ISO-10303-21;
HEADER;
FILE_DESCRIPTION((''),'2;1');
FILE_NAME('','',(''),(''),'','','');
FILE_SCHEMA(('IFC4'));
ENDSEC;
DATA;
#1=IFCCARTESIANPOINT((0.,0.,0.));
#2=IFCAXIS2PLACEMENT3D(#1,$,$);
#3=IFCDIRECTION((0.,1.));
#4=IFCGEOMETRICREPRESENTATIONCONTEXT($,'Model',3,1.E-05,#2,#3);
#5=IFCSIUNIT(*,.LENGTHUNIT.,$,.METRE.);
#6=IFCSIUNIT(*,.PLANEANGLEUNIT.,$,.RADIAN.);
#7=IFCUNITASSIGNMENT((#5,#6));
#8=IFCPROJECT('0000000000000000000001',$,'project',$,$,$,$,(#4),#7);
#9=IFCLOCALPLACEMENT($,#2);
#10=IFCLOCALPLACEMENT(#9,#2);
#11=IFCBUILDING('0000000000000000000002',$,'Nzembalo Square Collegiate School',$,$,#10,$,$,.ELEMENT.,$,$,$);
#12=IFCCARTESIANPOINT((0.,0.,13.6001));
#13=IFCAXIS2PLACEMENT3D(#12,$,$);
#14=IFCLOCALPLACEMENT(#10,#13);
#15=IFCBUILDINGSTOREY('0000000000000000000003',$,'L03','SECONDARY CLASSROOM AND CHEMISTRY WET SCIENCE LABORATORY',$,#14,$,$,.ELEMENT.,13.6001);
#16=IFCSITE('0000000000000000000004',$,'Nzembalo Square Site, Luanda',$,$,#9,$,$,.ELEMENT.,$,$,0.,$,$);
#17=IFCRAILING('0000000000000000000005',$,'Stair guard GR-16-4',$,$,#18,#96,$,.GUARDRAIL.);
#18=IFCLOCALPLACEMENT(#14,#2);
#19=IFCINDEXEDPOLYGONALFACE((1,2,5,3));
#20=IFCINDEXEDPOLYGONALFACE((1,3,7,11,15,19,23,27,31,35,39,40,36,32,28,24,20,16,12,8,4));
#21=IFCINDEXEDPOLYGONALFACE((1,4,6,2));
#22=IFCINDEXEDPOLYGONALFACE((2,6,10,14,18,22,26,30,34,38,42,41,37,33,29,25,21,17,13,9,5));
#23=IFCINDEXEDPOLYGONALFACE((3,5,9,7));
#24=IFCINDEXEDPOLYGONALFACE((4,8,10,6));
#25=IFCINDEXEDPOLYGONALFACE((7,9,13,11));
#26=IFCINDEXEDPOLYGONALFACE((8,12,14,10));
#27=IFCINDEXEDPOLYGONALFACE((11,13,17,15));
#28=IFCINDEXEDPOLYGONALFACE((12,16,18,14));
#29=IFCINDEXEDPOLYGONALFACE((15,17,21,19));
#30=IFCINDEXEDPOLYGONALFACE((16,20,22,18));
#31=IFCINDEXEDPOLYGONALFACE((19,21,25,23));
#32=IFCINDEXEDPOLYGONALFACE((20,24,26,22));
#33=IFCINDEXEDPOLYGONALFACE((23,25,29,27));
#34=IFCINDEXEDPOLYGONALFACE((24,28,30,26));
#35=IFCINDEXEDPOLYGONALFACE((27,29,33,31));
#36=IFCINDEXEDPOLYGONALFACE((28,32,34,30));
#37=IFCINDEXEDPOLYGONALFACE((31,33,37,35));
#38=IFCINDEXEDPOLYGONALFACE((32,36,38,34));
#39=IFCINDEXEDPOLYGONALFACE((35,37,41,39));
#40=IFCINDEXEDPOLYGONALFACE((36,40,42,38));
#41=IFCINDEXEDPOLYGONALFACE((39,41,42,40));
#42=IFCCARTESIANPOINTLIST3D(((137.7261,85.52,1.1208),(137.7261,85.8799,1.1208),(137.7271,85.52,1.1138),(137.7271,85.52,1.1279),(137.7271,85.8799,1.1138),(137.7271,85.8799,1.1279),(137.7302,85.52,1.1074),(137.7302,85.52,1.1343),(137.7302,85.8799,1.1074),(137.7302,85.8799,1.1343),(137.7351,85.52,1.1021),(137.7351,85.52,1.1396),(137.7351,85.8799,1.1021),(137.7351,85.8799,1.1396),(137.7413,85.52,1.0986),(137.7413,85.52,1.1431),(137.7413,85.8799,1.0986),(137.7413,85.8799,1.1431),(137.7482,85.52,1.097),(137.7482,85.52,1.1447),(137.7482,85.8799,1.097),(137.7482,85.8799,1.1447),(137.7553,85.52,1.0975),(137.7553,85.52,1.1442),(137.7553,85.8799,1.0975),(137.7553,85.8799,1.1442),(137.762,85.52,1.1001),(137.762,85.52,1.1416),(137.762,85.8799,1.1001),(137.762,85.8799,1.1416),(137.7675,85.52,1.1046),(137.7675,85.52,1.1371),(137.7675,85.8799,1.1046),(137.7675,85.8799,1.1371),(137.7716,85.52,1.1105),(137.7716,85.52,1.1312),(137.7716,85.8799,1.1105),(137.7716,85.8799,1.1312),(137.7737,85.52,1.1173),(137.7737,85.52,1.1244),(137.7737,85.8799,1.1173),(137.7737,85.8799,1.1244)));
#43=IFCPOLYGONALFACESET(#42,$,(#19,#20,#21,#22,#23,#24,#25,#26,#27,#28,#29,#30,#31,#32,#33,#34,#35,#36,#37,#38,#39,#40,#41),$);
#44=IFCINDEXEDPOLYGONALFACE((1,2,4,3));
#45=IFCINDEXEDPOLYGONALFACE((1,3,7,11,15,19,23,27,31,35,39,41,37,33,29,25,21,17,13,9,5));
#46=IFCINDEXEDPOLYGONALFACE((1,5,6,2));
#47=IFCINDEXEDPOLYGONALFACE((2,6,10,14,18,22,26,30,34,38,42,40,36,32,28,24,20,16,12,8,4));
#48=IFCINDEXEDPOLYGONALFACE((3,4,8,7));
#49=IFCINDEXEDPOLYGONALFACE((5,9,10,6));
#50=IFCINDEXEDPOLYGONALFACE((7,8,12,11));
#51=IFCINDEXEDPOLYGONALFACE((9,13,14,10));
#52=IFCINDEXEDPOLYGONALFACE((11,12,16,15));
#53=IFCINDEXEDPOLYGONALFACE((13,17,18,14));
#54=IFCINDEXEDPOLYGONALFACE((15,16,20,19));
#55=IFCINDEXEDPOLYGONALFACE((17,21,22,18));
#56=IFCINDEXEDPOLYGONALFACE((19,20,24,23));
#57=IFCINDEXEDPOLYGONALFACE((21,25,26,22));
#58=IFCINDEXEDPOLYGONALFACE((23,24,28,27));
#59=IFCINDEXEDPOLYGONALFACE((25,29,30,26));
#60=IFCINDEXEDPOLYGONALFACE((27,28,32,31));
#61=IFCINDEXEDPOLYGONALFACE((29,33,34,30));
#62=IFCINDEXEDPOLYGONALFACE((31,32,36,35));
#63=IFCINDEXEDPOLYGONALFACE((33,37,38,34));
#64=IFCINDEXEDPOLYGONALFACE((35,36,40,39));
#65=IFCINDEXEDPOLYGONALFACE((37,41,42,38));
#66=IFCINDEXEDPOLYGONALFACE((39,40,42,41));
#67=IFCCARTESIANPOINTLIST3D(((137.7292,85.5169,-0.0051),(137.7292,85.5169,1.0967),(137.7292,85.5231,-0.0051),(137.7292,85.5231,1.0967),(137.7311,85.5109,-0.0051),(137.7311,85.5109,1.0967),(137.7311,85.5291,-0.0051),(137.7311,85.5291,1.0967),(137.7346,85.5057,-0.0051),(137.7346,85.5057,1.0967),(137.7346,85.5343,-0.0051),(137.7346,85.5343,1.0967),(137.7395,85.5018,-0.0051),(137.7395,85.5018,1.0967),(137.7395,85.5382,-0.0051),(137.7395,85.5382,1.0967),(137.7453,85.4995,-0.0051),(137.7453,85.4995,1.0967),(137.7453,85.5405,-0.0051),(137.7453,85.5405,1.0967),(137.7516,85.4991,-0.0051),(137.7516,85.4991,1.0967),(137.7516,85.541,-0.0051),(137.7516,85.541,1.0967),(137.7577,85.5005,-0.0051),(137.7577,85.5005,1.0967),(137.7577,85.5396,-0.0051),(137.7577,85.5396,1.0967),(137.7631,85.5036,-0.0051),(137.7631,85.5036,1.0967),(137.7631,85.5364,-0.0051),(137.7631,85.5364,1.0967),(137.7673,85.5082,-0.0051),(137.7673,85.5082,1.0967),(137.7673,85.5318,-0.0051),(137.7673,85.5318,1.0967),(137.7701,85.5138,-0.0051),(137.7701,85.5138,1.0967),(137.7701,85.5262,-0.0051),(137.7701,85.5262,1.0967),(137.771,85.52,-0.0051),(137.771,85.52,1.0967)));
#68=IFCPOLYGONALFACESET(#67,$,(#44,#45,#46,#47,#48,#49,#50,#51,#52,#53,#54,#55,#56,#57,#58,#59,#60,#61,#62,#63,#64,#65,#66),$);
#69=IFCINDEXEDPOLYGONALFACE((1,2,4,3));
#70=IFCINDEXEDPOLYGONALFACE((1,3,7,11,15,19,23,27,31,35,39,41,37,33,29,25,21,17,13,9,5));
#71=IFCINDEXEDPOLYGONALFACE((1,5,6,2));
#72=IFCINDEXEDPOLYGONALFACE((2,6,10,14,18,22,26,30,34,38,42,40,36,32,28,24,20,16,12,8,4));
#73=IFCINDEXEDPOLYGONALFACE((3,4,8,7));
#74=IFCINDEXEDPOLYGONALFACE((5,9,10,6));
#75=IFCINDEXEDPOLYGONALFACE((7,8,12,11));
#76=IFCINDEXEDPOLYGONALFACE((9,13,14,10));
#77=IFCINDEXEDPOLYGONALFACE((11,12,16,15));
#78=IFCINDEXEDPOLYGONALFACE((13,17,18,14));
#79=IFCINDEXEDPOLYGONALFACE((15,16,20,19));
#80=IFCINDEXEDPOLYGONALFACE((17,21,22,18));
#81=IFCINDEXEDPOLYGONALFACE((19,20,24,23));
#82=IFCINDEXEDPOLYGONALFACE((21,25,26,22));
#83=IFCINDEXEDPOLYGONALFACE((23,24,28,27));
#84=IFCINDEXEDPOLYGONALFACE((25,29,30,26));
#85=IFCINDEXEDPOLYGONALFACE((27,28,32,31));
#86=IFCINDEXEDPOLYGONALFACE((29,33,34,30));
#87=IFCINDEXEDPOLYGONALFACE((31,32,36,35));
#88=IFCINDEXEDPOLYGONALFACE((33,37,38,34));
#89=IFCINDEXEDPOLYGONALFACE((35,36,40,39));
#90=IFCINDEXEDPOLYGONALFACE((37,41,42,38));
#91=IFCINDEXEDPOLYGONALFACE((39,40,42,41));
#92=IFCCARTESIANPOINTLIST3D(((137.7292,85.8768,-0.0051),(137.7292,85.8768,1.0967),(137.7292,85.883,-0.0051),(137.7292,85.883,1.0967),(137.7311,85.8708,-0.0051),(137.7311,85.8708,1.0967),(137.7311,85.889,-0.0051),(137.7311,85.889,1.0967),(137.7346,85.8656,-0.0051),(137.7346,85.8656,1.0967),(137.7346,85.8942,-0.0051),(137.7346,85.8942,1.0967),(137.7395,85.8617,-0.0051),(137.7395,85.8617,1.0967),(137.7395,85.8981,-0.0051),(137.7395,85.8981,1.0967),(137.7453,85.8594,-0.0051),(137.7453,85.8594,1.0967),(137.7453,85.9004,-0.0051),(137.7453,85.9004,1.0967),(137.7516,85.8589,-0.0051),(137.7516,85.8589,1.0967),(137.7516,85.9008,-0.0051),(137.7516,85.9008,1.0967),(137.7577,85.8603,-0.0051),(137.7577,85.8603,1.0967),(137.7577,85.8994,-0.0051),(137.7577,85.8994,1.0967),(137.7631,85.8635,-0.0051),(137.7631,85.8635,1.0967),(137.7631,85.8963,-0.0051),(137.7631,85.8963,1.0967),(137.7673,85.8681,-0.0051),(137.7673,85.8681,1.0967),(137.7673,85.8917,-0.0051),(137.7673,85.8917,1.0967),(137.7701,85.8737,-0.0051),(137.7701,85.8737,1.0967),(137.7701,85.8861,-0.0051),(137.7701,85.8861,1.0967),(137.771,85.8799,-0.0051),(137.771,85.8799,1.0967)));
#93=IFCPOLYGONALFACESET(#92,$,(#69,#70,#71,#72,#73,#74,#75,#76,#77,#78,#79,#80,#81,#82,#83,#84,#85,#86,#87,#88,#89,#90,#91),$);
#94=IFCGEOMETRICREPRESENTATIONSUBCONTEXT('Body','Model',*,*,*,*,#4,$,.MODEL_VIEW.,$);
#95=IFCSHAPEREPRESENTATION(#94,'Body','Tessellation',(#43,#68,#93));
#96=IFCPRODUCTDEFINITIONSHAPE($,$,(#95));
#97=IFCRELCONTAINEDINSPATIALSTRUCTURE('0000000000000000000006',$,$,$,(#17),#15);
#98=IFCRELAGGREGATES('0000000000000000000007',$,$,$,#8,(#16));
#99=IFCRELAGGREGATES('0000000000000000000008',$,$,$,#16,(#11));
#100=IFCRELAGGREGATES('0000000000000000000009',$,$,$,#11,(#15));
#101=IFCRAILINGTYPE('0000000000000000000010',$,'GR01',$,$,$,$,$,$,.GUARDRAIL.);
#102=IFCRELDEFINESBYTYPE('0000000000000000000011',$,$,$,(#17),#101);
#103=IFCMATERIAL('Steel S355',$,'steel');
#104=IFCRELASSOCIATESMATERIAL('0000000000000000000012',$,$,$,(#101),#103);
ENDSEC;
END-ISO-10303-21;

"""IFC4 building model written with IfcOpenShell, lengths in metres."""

from ifc_helpers import new_model, si_unit, direction, frame, origin, origin_2d, place, context, subcontext, project, spatial, circle, extrude, material, type_object, element, save


model = new_model("IFC4")

# Units and contexts
model_context = context("Model", 3, precision=1e-05, world=origin(), true_north=direction((0.0, 1.0)))
body_context = subcontext(model_context, "Body", "Model", "MODEL_VIEW")
ifc_project = project(units=[si_unit("LENGTHUNIT", "METRE"), si_unit("PLANEANGLEUNIT", "RADIAN")], contexts=[model_context])

# Site, building, storey
site_placement = place(None, origin())
site = spatial("IfcSite", under=ifc_project, at=site_placement, Name="Nzembalo Square Site, Luanda", CompositionType="ELEMENT", RefElevation=0.0)
building_placement = place(site_placement, origin())
building = spatial("IfcBuilding", under=site, at=building_placement, Name="Nzembalo Square Collegiate School", CompositionType="ELEMENT")
storey_placement = place(building_placement, frame((0.0, 0.0, 13.6001)))
storey = spatial("IfcBuildingStorey", under=building, at=storey_placement, Name="L03", Description="SECONDARY CLASSROOM AND CHEMISTRY WET SCIENCE LABORATORY", CompositionType="ELEMENT", Elevation=13.6001)

# Railing
ifc_material_1 = material(Name="Steel S355", Category="steel")
railing_type_1 = type_object("IfcRailingType", Name="GR01", PredefinedType="GUARDRAIL", material=ifc_material_1)
railing_1_placement = place(storey_placement, frame((137.75, 85.52, -0.0051)))
element("IfcRailing", 1, at=railing_1_placement, inside=storey, type_object=railing_type_1, Name="Stair guard GR-16-4", PredefinedType="GUARDRAIL", context=body_context, shape_type="SweptSolid", body=[
    extrude(circle(Radius=0.0239, at=origin_2d()), frame((0.0, 0.0, 1.126), z_axis=(0.0, 1.0, 0.0), x_axis=(-1.0, 0.0, 0.0)), (0.0, 0.0, 1.0), 0.3599),
    extrude(circle(Radius=0.021, at=origin_2d()), origin(), (0.0, 0.0, 1.0), 1.1018),
    extrude(circle(Radius=0.021, at=origin_2d()), frame((0.0, 0.3599, 0.0)), (0.0, 0.0, 1.0), 1.1018),
])

save(model, "model.ifc")
